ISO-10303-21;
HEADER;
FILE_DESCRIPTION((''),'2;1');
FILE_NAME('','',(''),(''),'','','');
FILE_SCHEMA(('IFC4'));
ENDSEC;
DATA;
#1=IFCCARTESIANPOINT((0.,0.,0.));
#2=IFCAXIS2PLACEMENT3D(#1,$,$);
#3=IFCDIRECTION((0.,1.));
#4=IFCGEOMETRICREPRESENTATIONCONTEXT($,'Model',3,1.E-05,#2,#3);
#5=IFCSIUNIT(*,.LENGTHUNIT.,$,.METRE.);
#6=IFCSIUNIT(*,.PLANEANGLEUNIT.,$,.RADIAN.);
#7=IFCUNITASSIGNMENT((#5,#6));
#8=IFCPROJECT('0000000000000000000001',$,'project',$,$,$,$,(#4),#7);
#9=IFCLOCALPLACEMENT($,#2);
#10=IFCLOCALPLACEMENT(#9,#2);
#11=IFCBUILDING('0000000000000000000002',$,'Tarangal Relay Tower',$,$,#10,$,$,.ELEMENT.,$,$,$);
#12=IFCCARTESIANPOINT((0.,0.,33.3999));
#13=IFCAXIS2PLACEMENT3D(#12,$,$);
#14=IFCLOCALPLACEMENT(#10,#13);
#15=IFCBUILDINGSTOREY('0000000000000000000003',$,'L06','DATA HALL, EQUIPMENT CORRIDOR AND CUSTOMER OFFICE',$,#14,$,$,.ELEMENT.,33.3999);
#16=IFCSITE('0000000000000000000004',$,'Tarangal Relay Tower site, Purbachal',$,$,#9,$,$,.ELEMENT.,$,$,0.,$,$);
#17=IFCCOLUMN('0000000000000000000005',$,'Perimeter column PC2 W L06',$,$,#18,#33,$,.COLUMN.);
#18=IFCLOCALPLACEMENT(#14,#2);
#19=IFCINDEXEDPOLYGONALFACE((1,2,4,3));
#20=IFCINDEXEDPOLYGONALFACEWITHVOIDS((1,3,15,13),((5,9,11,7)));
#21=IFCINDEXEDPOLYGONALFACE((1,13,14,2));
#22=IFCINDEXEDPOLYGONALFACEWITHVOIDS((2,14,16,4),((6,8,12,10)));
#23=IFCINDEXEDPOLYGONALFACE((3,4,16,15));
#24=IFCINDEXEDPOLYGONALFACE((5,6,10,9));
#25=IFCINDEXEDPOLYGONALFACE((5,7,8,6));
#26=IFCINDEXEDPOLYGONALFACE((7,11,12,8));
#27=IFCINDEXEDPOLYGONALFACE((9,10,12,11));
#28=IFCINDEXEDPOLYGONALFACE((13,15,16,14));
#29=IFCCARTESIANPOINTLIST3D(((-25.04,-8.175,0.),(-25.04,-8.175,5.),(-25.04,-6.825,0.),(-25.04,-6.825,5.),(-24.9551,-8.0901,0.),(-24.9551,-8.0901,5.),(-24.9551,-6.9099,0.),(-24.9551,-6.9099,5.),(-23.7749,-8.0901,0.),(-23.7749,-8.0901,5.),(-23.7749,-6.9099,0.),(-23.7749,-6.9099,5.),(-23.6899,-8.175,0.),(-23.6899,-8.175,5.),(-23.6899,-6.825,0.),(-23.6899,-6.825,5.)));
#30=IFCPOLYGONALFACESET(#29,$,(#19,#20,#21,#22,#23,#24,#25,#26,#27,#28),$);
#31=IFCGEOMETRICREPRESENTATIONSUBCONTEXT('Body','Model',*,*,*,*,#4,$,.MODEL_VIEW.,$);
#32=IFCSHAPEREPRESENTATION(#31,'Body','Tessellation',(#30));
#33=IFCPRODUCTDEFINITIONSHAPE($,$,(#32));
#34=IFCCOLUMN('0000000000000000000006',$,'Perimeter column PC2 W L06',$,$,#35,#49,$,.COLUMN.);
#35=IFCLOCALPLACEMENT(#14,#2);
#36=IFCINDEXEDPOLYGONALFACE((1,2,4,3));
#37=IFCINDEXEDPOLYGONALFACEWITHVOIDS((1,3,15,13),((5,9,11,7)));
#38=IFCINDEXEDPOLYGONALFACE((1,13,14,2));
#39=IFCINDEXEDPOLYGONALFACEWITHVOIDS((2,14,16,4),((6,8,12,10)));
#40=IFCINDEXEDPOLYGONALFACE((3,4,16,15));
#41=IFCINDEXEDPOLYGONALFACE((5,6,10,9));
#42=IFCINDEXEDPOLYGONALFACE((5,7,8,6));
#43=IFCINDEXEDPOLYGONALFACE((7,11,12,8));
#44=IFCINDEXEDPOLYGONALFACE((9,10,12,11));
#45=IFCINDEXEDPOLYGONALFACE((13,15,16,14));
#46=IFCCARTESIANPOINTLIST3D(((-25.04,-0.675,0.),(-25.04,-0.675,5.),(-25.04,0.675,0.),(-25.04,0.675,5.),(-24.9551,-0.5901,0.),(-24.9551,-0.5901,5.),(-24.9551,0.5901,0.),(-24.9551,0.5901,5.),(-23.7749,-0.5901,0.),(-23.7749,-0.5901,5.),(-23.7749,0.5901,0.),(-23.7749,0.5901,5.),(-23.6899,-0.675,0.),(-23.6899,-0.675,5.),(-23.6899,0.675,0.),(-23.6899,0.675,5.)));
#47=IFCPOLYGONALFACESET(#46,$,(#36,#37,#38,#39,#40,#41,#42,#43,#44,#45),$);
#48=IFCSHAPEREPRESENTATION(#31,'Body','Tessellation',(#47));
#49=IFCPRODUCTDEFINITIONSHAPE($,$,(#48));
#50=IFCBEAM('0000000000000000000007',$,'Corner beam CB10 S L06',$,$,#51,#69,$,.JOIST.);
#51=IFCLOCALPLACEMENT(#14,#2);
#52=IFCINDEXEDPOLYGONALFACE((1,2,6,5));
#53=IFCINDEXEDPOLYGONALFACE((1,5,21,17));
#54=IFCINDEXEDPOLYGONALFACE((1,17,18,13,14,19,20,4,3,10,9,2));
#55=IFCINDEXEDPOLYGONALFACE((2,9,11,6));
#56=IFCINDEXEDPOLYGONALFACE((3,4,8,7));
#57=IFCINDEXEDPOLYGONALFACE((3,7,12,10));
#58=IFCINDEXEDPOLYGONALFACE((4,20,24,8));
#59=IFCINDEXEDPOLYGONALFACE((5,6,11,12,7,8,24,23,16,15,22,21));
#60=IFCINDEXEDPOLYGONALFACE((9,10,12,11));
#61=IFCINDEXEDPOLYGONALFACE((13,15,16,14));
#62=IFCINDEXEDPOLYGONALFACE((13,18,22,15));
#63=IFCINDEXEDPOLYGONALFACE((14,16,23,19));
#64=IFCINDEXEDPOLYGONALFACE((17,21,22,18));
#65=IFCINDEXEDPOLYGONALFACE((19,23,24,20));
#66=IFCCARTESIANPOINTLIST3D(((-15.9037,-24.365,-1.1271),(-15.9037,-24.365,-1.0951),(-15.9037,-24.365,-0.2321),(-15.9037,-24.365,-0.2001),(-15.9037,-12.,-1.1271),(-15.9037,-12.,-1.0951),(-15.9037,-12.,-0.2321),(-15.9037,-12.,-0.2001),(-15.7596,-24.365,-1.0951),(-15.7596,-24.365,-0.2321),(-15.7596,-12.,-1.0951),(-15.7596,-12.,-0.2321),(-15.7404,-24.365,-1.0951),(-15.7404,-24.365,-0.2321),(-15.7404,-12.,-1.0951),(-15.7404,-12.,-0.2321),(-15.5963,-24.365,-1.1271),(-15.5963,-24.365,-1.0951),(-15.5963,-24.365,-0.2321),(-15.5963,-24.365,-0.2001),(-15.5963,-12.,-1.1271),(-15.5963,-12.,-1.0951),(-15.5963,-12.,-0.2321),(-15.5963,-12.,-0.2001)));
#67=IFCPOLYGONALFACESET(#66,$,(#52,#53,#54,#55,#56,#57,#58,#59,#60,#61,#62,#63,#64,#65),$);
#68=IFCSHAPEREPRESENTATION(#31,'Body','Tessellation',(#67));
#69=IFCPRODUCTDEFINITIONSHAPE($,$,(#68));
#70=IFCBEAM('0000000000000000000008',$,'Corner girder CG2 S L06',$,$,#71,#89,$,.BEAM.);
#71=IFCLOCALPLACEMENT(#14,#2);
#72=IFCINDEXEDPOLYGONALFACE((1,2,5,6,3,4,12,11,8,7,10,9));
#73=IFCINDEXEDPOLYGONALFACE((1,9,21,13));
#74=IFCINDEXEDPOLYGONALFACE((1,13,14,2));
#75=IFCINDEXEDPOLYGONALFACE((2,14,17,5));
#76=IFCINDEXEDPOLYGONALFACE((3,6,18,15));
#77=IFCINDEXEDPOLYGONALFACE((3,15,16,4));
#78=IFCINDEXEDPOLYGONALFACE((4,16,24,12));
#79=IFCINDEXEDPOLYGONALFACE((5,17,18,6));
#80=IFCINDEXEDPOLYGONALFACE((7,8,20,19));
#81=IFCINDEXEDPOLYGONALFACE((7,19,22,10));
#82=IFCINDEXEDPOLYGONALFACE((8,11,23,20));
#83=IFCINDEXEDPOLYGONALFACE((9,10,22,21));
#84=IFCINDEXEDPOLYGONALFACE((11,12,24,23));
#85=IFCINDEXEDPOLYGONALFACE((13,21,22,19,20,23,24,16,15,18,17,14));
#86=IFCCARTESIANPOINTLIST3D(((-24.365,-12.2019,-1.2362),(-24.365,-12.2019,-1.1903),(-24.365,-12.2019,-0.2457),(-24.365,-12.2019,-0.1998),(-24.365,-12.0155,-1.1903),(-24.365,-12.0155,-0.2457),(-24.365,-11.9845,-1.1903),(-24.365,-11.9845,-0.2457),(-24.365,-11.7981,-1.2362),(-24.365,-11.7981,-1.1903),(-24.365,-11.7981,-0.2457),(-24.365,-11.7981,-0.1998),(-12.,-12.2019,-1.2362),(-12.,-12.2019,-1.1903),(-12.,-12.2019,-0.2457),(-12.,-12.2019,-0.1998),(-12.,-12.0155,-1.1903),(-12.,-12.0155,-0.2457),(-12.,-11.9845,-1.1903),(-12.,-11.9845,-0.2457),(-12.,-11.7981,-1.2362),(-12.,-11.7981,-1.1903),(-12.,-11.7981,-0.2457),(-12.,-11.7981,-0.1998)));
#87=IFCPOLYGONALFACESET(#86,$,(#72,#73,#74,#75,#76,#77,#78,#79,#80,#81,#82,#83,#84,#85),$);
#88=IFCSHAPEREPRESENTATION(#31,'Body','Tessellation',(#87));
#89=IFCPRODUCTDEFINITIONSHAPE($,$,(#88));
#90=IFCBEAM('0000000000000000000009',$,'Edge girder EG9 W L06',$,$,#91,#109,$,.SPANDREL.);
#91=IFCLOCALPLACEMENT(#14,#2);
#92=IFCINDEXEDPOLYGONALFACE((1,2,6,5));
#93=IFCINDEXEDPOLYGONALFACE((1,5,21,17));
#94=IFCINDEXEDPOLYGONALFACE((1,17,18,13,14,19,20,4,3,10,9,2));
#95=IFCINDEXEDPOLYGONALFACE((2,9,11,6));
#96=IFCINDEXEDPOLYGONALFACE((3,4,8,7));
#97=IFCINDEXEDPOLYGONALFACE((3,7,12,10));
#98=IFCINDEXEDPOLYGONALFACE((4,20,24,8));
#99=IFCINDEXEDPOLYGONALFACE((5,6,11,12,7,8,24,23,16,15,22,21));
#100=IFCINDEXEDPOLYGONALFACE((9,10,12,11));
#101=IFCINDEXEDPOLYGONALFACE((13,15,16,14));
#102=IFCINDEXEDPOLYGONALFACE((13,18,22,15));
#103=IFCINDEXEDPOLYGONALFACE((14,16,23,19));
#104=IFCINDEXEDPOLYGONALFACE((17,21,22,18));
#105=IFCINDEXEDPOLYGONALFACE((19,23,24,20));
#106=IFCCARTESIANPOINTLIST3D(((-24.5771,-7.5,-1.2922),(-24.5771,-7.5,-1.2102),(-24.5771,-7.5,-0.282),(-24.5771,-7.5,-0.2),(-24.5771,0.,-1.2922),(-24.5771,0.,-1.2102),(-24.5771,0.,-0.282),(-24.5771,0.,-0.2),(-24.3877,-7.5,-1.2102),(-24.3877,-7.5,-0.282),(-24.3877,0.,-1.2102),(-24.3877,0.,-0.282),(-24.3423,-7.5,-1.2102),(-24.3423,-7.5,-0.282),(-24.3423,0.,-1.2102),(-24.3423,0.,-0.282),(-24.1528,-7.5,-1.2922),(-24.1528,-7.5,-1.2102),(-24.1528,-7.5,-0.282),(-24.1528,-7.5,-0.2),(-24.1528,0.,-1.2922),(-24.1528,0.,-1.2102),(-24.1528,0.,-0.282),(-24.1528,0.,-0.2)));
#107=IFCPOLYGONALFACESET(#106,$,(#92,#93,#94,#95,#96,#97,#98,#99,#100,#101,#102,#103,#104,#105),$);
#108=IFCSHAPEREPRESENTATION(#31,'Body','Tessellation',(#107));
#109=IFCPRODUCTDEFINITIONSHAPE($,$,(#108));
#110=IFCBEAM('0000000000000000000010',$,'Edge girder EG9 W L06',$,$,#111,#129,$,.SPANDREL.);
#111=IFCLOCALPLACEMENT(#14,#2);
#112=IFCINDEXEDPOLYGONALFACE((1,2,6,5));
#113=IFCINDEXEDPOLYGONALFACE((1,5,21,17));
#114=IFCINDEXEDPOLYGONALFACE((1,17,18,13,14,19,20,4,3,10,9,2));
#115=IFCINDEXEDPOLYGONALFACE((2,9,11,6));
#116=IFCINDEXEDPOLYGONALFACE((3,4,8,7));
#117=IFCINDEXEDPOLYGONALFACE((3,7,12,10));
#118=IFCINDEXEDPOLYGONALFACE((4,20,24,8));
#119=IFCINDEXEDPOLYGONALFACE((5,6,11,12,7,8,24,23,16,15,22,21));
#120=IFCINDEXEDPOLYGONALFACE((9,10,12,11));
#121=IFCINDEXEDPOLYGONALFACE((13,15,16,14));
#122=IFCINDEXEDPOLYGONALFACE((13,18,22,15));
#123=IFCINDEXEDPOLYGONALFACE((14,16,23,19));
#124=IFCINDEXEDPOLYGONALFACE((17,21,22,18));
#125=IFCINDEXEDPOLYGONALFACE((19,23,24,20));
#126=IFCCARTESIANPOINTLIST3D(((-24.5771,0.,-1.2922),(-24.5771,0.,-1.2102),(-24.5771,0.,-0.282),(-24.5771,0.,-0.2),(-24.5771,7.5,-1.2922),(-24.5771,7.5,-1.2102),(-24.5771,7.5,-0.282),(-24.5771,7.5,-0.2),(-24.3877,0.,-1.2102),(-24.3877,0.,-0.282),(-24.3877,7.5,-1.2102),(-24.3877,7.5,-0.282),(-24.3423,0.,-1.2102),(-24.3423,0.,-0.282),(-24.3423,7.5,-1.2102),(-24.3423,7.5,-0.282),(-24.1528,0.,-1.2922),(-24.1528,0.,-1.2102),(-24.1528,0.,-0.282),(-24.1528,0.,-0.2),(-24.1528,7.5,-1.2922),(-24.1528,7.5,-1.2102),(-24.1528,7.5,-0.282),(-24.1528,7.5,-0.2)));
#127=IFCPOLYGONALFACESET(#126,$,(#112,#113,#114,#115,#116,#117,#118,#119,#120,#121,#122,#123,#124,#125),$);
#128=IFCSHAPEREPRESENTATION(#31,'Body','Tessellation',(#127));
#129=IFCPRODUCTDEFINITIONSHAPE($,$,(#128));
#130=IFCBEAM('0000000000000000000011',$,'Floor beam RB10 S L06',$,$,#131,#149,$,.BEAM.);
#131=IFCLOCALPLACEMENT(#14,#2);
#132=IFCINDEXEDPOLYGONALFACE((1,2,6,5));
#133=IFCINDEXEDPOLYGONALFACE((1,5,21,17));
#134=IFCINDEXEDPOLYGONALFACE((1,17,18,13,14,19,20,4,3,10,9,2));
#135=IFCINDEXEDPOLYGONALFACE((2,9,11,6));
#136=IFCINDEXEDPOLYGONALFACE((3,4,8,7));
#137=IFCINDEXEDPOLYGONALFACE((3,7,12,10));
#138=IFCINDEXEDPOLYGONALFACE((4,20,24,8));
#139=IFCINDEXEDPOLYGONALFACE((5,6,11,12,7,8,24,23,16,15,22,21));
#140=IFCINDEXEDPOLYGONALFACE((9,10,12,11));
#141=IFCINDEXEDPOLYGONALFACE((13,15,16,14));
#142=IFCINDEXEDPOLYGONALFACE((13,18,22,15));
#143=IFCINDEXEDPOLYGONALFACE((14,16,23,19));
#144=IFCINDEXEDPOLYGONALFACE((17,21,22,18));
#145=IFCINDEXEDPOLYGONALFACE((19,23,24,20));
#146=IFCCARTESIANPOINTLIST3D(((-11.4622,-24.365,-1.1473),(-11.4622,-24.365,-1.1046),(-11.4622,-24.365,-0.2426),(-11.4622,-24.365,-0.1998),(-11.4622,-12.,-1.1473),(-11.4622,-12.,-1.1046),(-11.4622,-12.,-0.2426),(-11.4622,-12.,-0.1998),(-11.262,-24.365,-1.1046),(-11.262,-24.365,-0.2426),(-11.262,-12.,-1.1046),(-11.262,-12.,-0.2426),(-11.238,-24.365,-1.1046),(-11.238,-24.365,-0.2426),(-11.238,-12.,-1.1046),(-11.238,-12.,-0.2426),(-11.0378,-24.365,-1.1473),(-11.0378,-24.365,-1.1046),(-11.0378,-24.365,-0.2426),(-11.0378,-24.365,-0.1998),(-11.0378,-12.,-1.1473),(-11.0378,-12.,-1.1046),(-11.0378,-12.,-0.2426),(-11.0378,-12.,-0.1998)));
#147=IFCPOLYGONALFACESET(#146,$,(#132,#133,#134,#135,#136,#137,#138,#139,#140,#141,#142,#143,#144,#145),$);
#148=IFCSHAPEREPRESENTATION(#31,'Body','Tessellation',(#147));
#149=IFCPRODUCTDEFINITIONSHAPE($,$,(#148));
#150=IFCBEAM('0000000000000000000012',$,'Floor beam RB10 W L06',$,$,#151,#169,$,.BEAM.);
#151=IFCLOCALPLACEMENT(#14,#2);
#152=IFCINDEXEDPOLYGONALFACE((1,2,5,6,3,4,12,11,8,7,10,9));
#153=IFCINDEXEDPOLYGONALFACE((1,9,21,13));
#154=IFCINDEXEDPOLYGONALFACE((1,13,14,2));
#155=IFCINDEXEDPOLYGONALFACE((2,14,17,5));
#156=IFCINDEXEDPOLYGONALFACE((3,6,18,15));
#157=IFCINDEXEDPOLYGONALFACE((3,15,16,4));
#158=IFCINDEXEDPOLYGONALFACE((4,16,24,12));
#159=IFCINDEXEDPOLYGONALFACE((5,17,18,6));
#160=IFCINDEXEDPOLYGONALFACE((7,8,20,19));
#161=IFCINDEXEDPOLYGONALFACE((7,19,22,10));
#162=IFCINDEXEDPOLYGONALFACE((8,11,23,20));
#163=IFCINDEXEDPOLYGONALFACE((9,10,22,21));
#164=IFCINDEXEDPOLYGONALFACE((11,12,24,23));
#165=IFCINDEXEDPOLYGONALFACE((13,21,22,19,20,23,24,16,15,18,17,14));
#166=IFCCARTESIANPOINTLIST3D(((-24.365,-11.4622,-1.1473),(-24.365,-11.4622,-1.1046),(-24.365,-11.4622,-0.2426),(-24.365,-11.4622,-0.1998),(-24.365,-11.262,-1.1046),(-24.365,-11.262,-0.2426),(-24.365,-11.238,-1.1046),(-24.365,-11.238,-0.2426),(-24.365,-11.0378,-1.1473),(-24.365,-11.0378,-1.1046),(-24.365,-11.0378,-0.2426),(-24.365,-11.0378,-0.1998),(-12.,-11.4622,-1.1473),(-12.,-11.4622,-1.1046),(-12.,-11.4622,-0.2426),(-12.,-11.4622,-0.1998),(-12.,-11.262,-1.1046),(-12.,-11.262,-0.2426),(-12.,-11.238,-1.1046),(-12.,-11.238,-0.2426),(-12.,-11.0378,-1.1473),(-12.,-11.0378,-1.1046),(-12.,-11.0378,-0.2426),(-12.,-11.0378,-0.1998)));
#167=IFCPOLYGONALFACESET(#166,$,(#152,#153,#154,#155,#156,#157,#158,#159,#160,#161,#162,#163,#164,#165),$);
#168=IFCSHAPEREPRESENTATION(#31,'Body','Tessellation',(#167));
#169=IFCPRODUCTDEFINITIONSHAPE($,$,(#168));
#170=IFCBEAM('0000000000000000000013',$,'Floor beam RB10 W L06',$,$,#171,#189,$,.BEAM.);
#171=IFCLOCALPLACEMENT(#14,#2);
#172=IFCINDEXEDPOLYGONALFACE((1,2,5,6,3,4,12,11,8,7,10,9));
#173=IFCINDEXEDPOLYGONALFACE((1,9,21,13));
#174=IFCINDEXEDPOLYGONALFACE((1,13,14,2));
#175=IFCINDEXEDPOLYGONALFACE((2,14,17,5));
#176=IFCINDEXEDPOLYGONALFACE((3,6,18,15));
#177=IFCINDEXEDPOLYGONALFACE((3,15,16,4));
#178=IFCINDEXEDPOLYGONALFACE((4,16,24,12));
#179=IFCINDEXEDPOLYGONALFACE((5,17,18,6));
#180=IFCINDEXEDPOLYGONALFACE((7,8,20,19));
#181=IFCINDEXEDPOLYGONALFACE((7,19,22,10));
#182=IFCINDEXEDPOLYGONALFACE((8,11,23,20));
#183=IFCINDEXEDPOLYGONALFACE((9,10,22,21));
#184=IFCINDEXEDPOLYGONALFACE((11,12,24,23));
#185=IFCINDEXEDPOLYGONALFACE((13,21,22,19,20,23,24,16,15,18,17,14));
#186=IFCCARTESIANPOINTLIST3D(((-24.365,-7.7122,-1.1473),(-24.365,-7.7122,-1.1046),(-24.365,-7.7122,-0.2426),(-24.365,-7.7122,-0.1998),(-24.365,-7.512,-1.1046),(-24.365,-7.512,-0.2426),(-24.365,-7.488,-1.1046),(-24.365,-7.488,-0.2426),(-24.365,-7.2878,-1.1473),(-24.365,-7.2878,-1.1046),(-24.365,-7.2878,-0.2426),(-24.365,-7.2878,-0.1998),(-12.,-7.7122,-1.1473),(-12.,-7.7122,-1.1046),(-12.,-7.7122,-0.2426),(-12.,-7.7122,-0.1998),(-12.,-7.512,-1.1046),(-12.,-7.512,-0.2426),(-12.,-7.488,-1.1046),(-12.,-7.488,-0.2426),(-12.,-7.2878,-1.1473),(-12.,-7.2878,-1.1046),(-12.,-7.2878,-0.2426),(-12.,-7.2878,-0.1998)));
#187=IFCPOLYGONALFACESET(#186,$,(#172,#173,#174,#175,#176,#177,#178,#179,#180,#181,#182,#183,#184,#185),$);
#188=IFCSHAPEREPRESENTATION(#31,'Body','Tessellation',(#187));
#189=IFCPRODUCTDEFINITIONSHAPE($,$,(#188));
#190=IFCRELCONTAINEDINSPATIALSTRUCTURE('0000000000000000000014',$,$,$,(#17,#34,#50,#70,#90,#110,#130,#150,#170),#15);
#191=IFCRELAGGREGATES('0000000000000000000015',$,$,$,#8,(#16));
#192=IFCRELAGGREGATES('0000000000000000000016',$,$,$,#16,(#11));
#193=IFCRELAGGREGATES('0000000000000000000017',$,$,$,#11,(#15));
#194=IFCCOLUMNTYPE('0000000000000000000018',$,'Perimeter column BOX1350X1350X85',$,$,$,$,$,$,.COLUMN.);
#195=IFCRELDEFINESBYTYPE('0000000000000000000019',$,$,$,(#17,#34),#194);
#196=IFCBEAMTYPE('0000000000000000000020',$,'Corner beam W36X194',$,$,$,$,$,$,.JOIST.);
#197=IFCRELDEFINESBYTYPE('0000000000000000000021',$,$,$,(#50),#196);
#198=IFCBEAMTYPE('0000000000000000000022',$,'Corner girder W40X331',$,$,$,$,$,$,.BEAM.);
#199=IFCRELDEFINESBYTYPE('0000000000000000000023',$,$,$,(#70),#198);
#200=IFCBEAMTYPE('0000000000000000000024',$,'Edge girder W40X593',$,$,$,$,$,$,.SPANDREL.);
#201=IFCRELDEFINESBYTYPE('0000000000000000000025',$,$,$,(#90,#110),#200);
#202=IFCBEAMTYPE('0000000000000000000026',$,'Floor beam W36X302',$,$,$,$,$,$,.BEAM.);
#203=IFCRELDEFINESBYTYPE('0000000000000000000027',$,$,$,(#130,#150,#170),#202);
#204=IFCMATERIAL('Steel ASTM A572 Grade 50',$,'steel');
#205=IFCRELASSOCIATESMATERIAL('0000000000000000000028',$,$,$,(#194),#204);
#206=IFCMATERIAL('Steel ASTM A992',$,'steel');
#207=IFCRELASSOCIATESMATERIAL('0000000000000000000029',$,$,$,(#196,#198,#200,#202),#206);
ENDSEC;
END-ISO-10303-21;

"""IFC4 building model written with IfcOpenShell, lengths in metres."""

from ifc_helpers import new_model, si_unit, direction, frame, origin, origin_2d, place, context, subcontext, project, spatial, hollow_rectangle, i_section, extrude, material, material_profile, profile_set, type_object, element, save


model = new_model("IFC4")

# Units and contexts
model_context = context("Model", 3, precision=1e-05, world=origin(), true_north=direction((0.0, 1.0)))
body_context = subcontext(model_context, "Body", "Model", "MODEL_VIEW")
ifc_project = project(units=[si_unit("LENGTHUNIT", "METRE"), si_unit("PLANEANGLEUNIT", "RADIAN")], contexts=[model_context])

# Site, building, storey
site_placement = place(None, origin())
site = spatial("IfcSite", under=ifc_project, at=site_placement, Name="Tarangal Relay Tower site, Purbachal", CompositionType="ELEMENT", RefElevation=0.0)
building_placement = place(site_placement, origin())
building = spatial("IfcBuilding", under=site, at=building_placement, Name="Tarangal Relay Tower", CompositionType="ELEMENT")
storey_placement = place(building_placement, frame((0.0, 0.0, 33.3999)))
storey = spatial("IfcBuildingStorey", under=building, at=storey_placement, Name="L06", Description="DATA HALL, EQUIPMENT CORRIDOR AND CUSTOMER OFFICE", CompositionType="ELEMENT", Elevation=33.3999)

# Columns
ifc_material_1 = material(Name="Steel ASTM A572 Grade 50", Category="steel")
ifc_material_profile_1 = material_profile(ifc_material_1, hollow_rectangle(XDim=1.3501, YDim=1.3501, WallThickness=0.085, at=origin_2d()), Name="BOX1350X1350X85")
ifc_profile_set_1 = profile_set([ifc_material_profile_1], Name="Steel ASTM A572 Grade 50")
column_type = type_object("IfcColumnType", Name="Perimeter column BOX1350X1350X85", PredefinedType="COLUMN", material=ifc_profile_set_1)
for number, where, z_axis, x_axis, name in (
    (1, (-24.365, -7.5, 0.0), (0.0, 0.0, 1.0), (1.0, 0.0, 0.0), "Perimeter column PC2 W L06"),
    (2, (-24.365, 0.0, 0.0), (0.0, 0.0, 1.0), (1.0, 0.0, 0.0), "Perimeter column PC2 W L06"),
):
    element("IfcColumn", number, at=place(storey_placement, frame(where, z_axis=z_axis, x_axis=x_axis)), inside=storey, type_object=column_type, Name=name, PredefinedType="COLUMN", context=body_context, shape_type="SweptSolid", body=[
        extrude(hollow_rectangle(XDim=1.3501, YDim=1.3501, WallThickness=0.085, at=origin_2d()), origin(), (0.0, 0.0, 1.0), 5.0),
    ])

# Beams
ifc_material_2 = material(Name="Steel ASTM A992", Category="steel")
ifc_material_profile_2 = material_profile(ifc_material_2, i_section(OverallWidth=0.3074, OverallDepth=0.927, WebThickness=0.0193, FlangeThickness=0.032, at=origin_2d()), Name="W36X194")
ifc_profile_set_2 = profile_set([ifc_material_profile_2], Name="Steel ASTM A992")
beam_type_1 = type_object("IfcBeamType", Name="Corner beam W36X194", PredefinedType="JOIST", material=ifc_profile_set_2)
beam_1_placement = place(storey_placement, frame((-15.75, -12.0, -0.6636), z_axis=(0.0, -1.0, 0.0), x_axis=(1.0, 0.0, 0.0)))
element("IfcBeam", 3, at=beam_1_placement, inside=storey, type_object=beam_type_1, Name="Corner beam CB10 S L06", PredefinedType="JOIST", context=body_context, shape_type="SweptSolid", body=[
    extrude(i_section(OverallWidth=0.3074, OverallDepth=0.927, WebThickness=0.0193, FlangeThickness=0.032, at=origin_2d()), origin(), (0.0, 0.0, 1.0), 12.365),
])
ifc_material_profile_3 = material_profile(ifc_material_2, i_section(OverallWidth=0.4038, OverallDepth=1.0364, WebThickness=0.031, FlangeThickness=0.0459, at=origin_2d()), Name="W40X331")
ifc_profile_set_3 = profile_set([ifc_material_profile_3], Name="Steel ASTM A992")
beam_type_2 = type_object("IfcBeamType", Name="Corner girder W40X331", PredefinedType="BEAM", material=ifc_profile_set_3)
beam_2_placement = place(storey_placement, frame((-12.0, -12.0, -0.718), z_axis=(-1.0, 0.0, 0.0), x_axis=(0.0, -1.0, 0.0)))
element("IfcBeam", 4, at=beam_2_placement, inside=storey, type_object=beam_type_2, Name="Corner girder CG2 S L06", PredefinedType="BEAM", context=body_context, shape_type="SweptSolid", body=[
    extrude(i_section(OverallWidth=0.4038, OverallDepth=1.0364, WebThickness=0.031, FlangeThickness=0.0459, at=origin_2d()), origin(), (0.0, 0.0, 1.0), 12.365),
])
ifc_material_profile_4 = material_profile(ifc_material_2, i_section(OverallWidth=0.4243, OverallDepth=1.0923, WebThickness=0.0454, FlangeThickness=0.082, at=origin_2d()), Name="W40X593")
ifc_profile_set_4 = profile_set([ifc_material_profile_4], Name="Steel ASTM A992")
beam_type_3 = type_object("IfcBeamType", Name="Edge girder W40X593", PredefinedType="SPANDREL", material=ifc_profile_set_4)
for number, where, z_axis, x_axis, name in (
    (5, (-24.365, -7.5, -0.7461), (0.0, 1.0, 0.0), (-1.0, 0.0, 0.0), "Edge girder EG9 W L06"),
    (6, (-24.365, 0.0, -0.7461), (0.0, 1.0, 0.0), (-1.0, 0.0, 0.0), "Edge girder EG9 W L06"),
):
    element("IfcBeam", number, at=place(storey_placement, frame(where, z_axis=z_axis, x_axis=x_axis)), inside=storey, type_object=beam_type_3, Name=name, PredefinedType="SPANDREL", context=body_context, shape_type="SweptSolid", body=[
        extrude(i_section(OverallWidth=0.4243, OverallDepth=1.0923, WebThickness=0.0454, FlangeThickness=0.082, at=origin_2d()), origin(), (0.0, 0.0, 1.0), 7.5),
    ])
ifc_material_profile_5 = material_profile(ifc_material_2, i_section(OverallWidth=0.4243, OverallDepth=0.9475, WebThickness=0.0239, FlangeThickness=0.0427, at=origin_2d()), Name="W36X302")
ifc_profile_set_5 = profile_set([ifc_material_profile_5], Name="Steel ASTM A992")
beam_type_4 = type_object("IfcBeamType", Name="Floor beam W36X302", PredefinedType="BEAM", material=ifc_profile_set_5)
for number, where, z_axis, x_axis, name in (
    (7, (-11.25, -12.0, -0.6736), (0.0, -1.0, 0.0), (1.0, 0.0, 0.0), "Floor beam RB10 S L06"),
    (8, (-12.0, -11.25, -0.6736), (-1.0, 0.0, 0.0), (0.0, -1.0, 0.0), "Floor beam RB10 W L06"),
    (9, (-12.0, -7.5, -0.6736), (-1.0, 0.0, 0.0), (0.0, -1.0, 0.0), "Floor beam RB10 W L06"),
):
    element("IfcBeam", number, at=place(storey_placement, frame(where, z_axis=z_axis, x_axis=x_axis)), inside=storey, type_object=beam_type_4, Name=name, PredefinedType="BEAM", context=body_context, shape_type="SweptSolid", body=[
        extrude(i_section(OverallWidth=0.4243, OverallDepth=0.9475, WebThickness=0.0239, FlangeThickness=0.0427, at=origin_2d()), origin(), (0.0, 0.0, 1.0), 12.365),
    ])

save(model, "model.ifc")
